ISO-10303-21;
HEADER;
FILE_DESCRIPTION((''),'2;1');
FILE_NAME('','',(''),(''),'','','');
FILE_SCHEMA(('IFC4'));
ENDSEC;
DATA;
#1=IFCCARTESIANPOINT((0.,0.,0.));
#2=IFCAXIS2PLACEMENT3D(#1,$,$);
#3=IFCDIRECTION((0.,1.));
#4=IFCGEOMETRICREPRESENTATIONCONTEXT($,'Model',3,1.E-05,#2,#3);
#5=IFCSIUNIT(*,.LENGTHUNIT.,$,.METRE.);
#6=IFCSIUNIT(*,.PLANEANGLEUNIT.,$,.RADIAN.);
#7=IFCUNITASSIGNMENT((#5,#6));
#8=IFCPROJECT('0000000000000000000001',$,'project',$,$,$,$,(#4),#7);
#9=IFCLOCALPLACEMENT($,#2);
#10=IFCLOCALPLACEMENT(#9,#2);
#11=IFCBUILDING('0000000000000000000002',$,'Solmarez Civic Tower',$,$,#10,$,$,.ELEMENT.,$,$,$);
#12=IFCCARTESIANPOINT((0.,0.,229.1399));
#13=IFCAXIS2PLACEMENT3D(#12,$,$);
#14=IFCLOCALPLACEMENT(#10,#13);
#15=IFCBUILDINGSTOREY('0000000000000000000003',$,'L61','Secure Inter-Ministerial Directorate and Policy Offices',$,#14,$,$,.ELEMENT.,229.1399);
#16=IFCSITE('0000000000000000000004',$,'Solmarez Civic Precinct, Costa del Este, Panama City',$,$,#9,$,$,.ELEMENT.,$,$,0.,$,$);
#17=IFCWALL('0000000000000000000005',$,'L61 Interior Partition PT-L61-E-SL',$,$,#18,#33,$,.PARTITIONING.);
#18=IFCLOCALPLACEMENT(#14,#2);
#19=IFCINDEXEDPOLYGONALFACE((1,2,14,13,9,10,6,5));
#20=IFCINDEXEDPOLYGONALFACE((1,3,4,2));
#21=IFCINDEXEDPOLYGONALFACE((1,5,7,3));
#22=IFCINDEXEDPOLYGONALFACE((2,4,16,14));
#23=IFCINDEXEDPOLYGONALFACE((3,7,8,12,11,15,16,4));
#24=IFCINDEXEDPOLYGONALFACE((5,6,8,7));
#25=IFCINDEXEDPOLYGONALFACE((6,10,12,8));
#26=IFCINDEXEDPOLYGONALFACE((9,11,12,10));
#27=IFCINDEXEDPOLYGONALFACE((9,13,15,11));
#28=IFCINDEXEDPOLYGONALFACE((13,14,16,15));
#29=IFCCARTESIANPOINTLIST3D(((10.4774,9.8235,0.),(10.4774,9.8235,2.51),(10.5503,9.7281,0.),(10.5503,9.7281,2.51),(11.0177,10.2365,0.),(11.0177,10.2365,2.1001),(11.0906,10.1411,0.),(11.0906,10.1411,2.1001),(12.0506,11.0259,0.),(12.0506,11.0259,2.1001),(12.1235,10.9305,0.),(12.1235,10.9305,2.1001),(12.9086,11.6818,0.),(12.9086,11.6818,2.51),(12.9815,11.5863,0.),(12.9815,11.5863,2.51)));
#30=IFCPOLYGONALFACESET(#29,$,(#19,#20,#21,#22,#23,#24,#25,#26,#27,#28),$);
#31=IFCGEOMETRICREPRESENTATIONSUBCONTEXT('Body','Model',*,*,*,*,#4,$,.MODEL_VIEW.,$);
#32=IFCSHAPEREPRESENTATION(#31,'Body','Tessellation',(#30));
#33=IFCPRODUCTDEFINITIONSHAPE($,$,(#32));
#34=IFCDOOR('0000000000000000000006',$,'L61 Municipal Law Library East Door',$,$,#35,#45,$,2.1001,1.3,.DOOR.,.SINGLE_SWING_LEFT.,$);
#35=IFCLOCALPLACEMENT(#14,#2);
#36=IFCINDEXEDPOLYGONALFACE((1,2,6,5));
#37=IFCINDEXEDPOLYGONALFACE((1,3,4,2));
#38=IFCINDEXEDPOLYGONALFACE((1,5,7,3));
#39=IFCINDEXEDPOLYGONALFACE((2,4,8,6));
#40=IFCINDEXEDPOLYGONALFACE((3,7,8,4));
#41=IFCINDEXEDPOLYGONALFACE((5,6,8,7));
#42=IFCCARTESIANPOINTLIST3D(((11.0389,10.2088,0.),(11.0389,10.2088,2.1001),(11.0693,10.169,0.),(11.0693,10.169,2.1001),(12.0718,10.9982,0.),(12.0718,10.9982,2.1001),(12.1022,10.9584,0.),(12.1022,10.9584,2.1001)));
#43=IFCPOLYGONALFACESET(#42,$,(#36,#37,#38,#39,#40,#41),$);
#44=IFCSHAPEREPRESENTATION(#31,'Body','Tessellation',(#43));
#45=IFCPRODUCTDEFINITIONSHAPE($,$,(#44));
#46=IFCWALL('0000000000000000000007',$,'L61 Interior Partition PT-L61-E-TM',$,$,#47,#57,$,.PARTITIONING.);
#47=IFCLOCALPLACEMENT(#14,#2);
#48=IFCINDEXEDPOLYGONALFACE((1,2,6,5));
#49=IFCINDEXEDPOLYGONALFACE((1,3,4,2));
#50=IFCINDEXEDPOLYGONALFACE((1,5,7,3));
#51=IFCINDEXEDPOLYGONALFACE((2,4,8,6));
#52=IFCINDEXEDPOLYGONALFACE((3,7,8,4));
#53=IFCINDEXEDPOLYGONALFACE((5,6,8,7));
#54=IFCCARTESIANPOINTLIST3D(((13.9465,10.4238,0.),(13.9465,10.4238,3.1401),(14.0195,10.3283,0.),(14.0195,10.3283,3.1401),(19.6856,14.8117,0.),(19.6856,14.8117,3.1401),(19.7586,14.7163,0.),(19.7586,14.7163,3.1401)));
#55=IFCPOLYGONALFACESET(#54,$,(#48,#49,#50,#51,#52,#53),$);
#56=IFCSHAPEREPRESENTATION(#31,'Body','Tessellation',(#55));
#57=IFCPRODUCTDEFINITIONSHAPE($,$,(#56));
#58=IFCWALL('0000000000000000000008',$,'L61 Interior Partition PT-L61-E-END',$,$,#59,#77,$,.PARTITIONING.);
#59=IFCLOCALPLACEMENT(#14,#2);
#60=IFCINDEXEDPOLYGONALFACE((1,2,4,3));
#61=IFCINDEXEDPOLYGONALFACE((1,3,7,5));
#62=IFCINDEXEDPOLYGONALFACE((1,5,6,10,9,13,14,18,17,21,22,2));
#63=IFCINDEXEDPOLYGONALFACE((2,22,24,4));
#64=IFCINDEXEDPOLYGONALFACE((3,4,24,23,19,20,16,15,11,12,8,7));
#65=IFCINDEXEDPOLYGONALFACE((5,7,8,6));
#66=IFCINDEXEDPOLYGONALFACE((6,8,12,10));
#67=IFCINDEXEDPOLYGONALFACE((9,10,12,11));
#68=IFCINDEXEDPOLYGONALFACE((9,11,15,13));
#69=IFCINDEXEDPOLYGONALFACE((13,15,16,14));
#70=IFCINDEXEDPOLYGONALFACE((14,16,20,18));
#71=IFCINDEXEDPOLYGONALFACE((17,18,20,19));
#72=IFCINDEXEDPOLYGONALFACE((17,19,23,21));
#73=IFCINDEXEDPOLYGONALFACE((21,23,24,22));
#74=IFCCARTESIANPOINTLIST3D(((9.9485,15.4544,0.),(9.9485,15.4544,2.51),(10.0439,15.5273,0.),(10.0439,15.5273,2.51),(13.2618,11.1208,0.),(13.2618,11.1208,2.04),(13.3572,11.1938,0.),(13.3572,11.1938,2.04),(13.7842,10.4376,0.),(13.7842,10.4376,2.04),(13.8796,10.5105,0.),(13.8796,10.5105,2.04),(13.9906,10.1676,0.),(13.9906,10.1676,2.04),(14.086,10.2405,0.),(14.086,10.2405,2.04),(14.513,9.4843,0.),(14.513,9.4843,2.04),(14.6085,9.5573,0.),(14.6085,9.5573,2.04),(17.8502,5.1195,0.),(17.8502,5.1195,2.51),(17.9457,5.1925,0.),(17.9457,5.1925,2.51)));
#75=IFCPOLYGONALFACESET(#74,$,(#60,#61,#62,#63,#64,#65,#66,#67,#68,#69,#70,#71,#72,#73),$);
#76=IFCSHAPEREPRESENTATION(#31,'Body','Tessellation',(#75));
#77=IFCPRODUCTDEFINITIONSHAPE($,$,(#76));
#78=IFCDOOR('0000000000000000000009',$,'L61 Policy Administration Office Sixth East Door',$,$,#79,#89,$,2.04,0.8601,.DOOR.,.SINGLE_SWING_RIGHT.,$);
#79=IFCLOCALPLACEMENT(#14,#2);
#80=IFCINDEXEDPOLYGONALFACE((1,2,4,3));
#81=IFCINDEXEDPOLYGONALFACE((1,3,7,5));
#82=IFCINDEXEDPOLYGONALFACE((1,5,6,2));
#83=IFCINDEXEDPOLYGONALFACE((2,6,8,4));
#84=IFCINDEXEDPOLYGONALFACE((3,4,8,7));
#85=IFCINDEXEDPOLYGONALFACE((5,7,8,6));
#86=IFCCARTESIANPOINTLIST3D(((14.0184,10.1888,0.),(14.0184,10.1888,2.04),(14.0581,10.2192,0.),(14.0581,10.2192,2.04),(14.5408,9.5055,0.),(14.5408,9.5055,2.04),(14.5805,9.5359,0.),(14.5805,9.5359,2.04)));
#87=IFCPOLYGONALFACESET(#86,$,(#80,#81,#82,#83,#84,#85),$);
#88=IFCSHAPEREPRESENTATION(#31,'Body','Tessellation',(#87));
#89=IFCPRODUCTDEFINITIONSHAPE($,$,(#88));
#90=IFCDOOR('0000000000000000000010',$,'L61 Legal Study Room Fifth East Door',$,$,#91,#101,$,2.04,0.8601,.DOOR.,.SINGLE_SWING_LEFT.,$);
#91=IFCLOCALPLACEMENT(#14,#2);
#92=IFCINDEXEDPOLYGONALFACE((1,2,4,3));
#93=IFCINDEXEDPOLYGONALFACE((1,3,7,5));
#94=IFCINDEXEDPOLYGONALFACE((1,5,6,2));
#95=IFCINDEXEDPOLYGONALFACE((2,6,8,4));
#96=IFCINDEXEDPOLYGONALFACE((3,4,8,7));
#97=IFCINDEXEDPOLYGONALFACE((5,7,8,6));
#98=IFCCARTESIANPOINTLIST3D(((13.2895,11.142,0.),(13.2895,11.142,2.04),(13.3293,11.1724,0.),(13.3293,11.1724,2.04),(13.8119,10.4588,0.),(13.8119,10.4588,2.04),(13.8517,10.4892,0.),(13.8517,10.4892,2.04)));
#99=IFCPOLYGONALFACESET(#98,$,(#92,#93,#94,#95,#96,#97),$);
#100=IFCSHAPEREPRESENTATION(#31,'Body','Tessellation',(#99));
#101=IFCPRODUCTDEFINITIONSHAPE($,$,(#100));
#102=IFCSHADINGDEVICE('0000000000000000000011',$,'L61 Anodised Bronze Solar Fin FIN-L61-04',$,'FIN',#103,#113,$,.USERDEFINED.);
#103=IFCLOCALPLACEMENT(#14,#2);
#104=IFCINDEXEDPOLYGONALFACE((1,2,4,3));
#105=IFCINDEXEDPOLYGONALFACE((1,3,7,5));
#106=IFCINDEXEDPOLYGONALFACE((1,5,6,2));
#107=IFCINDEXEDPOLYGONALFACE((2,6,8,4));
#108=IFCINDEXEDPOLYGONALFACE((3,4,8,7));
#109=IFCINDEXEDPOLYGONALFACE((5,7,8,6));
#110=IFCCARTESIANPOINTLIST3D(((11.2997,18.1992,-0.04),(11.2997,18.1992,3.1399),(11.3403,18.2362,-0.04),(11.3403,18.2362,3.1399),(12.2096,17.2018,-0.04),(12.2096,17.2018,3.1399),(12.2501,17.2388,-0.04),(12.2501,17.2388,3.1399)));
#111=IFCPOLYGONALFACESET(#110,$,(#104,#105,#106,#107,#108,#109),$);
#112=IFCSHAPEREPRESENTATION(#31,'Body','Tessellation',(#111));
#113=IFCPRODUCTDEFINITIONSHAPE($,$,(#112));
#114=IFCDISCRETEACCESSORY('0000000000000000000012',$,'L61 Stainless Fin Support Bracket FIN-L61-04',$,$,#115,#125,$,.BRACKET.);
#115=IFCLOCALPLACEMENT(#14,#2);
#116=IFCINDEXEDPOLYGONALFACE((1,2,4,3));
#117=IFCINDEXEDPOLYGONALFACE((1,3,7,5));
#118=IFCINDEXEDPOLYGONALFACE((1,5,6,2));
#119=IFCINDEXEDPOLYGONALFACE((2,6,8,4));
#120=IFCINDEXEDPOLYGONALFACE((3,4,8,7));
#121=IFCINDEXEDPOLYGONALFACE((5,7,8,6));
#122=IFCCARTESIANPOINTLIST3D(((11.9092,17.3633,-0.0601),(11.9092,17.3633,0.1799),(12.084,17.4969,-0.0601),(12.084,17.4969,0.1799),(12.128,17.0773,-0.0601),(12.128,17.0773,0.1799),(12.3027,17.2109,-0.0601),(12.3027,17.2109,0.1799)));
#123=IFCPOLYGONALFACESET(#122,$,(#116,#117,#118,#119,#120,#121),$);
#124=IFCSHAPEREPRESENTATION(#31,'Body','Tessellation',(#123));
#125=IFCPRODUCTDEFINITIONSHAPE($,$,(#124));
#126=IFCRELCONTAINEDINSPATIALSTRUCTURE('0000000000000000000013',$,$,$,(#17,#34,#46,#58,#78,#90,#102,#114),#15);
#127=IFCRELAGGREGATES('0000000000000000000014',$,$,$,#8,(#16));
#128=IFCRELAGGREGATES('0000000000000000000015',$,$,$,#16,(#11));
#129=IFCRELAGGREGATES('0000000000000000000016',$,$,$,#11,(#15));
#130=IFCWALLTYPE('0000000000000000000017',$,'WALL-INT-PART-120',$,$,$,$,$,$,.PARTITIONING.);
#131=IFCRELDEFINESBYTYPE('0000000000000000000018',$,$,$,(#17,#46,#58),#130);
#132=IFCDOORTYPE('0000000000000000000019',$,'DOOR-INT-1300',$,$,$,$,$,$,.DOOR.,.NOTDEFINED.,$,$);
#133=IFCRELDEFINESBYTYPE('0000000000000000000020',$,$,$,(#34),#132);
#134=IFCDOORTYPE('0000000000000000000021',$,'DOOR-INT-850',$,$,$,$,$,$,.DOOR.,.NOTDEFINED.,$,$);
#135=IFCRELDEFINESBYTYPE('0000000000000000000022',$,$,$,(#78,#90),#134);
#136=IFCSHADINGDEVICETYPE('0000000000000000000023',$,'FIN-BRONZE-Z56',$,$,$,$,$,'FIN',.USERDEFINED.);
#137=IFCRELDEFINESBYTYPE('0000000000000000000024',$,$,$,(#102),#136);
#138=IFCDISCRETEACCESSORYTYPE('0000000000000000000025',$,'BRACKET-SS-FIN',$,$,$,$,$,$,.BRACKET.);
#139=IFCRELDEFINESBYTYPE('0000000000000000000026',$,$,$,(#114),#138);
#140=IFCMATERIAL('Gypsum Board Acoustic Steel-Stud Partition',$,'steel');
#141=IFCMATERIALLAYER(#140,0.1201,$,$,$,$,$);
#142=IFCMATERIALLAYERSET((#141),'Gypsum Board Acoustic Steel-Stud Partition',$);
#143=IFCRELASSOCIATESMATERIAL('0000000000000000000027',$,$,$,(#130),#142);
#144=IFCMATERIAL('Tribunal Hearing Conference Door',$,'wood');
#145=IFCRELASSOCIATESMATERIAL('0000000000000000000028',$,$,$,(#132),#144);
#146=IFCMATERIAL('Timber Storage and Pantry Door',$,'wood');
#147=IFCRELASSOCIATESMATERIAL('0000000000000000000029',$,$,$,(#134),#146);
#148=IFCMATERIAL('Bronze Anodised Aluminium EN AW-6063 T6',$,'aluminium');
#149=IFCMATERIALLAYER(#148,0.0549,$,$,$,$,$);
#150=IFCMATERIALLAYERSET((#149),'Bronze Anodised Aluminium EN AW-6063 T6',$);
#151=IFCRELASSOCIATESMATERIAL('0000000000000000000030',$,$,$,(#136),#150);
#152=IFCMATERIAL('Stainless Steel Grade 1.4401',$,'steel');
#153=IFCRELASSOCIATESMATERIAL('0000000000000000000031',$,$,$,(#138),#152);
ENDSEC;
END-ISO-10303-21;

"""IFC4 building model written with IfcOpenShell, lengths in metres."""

from ifc_helpers import new_model, si_unit, direction, frame, frame_2d, origin, origin_2d, place, context, subcontext, project, spatial, rectangle, extrude, material, layer, layer_set, type_object, element, fill, save


model = new_model("IFC4")

# Units and contexts
model_context = context("Model", 3, precision=1e-05, world=origin(), true_north=direction((0.0, 1.0)))
body_context = subcontext(model_context, "Body", "Model", "MODEL_VIEW")
ifc_project = project(units=[si_unit("LENGTHUNIT", "METRE"), si_unit("PLANEANGLEUNIT", "RADIAN")], contexts=[model_context])

# Site, building, storey
site_placement = place(None, origin())
site = spatial("IfcSite", under=ifc_project, at=site_placement, Name="Solmarez Civic Precinct, Costa del Este, Panama City", CompositionType="ELEMENT", RefElevation=0.0)
building_placement = place(site_placement, origin())
building = spatial("IfcBuilding", under=site, at=building_placement, Name="Solmarez Civic Tower", CompositionType="ELEMENT")
storey_placement = place(building_placement, frame((0.0, 0.0, 229.1399)))
storey = spatial("IfcBuildingStorey", under=building, at=storey_placement, Name="L61", Description="Secure Inter-Ministerial Directorate and Policy Offices", CompositionType="ELEMENT", Elevation=229.1399)

# Shared definitions
ifc_material_1 = material(Name="Gypsum Board Acoustic Steel-Stud Partition", Category="steel")
ifc_layer_1 = layer(ifc_material_1, 0.1201)
ifc_layer_set_1 = layer_set([ifc_layer_1], Name="Gypsum Board Acoustic Steel-Stud Partition")
wall_type_1 = type_object("IfcWallType", Name="WALL-INT-PART-120", PredefinedType="PARTITIONING", material=ifc_layer_set_1)

# Wall, opening, door
wall_1_placement = place(storey_placement, frame((12.9451, 11.634, 0.0), z_axis=(0.0, 0.0, 1.0), x_axis=(-0.79451, -0.607252, 0.0)))
wall_1 = element("IfcWall", 1, at=wall_1_placement, inside=storey, type_object=wall_type_1, Name="L61 Interior Partition PT-L61-E-SL", PredefinedType="PARTITIONING", context=body_context, shape_type="SweptSolid", body=[
    extrude(rectangle(XDim=3.0601, YDim=0.1201, at=frame_2d((1.53, 0.0))), origin(), (0.0, 0.0, 1.0), 2.51),
])
opening_1_placement = place(wall_1_placement, frame((1.0801, 0.0, 0.0)))
opening_1 = element("IfcOpeningElement", 2, at=opening_1_placement, cuts=wall_1, PredefinedType="OPENING", context=body_context, shape_type="SweptSolid", body=[
    extrude(rectangle(XDim=1.3, YDim=2.1001, at=frame_2d((0.6499, 1.05))), frame((0.0, 0.0701, 0.0), z_axis=(0.0, -1.0, 0.0), x_axis=(1.0, 0.0, 0.0)), (0.0, 0.0, 1.0), 0.1401),
])
ifc_material_2 = material(Name="Tribunal Hearing Conference Door", Category="wood")
door_type_1 = type_object("IfcDoorType", Name="DOOR-INT-1300", OperationType="NOTDEFINED", PredefinedType="DOOR", material=ifc_material_2)
door_1_placement = place(opening_1_placement, origin())
door_1 = element("IfcDoor", 3, at=door_1_placement, inside=storey, type_object=door_type_1, Name="L61 Municipal Law Library East Door", OperationType="SINGLE_SWING_LEFT", OverallHeight=2.1001, OverallWidth=1.3, PredefinedType="DOOR", context=body_context, shape_type="SweptSolid", body=[
    extrude(rectangle(XDim=1.3, YDim=2.1001, at=frame_2d((0.6499, 1.05))), frame((0.0, 0.0249, 0.0), z_axis=(0.0, -1.0, 0.0), x_axis=(1.0, 0.0, 0.0)), (0.0, 0.0, 1.0), 0.05),
])
fill(opening_1, door_1)

# Wall
wall_2_placement = place(storey_placement, frame((13.9829, 10.376, 0.0), z_axis=(0.0, 0.0, 1.0), x_axis=(0.794406, 0.607387, 0.0)))
element("IfcWall", 4, at=wall_2_placement, inside=storey, type_object=wall_type_1, Name="L61 Interior Partition PT-L61-E-TM", PredefinedType="PARTITIONING", context=body_context, shape_type="SweptSolid", body=[
    extrude(rectangle(XDim=7.2244, YDim=0.1201, at=frame_2d((3.6123, 0.0))), origin(), (0.0, 0.0, 1.0), 3.1401),
])

# Wall, openings, doors
wall_3_placement = place(storey_placement, frame((9.9961, 15.491, 0.0), z_axis=(0.0, 0.0, 1.0), x_axis=(0.607385, -0.794408, 0.0)))
wall_3 = element("IfcWall", 5, at=wall_3_placement, inside=storey, type_object=wall_type_1, Name="L61 Interior Partition PT-L61-E-END", PredefinedType="PARTITIONING", context=body_context, shape_type="SweptSolid", body=[
    extrude(rectangle(XDim=13.0095, YDim=0.1201, at=frame_2d((6.5049, 0.0))), origin(), (0.0, 0.0, 1.0), 2.51),
])
opening_2_placement = place(wall_3_placement, frame((6.655, 0.0, 0.0)))
opening_2 = element("IfcOpeningElement", 6, at=opening_2_placement, cuts=wall_3, PredefinedType="OPENING", context=body_context, shape_type="SweptSolid", body=[
    extrude(rectangle(XDim=0.8601, YDim=2.04, at=frame_2d((0.4302, 1.02))), frame((0.0, 0.0701, 0.0), z_axis=(0.0, -1.0, 0.0), x_axis=(1.0, 0.0, 0.0)), (0.0, 0.0, 1.0), 0.1401),
])
opening_3_placement = place(wall_3_placement, frame((5.4551, 0.0, 0.0)))
opening_3 = element("IfcOpeningElement", 7, at=opening_3_placement, cuts=wall_3, PredefinedType="OPENING", context=body_context, shape_type="SweptSolid", body=[
    extrude(rectangle(XDim=0.8601, YDim=2.04, at=frame_2d((0.4302, 1.02))), frame((0.0, 0.0701, 0.0), z_axis=(0.0, -1.0, 0.0), x_axis=(1.0, 0.0, 0.0)), (0.0, 0.0, 1.0), 0.1401),
])
ifc_material_3 = material(Name="Timber Storage and Pantry Door", Category="wood")
door_type_2 = type_object("IfcDoorType", Name="DOOR-INT-850", OperationType="NOTDEFINED", PredefinedType="DOOR", material=ifc_material_3)
door_2_placement = place(opening_2_placement, origin())
door_2 = element("IfcDoor", 8, at=door_2_placement, inside=storey, type_object=door_type_2, Name="L61 Policy Administration Office Sixth East Door", OperationType="SINGLE_SWING_RIGHT", OverallHeight=2.04, OverallWidth=0.8601, PredefinedType="DOOR", context=body_context, shape_type="SweptSolid", body=[
    extrude(rectangle(XDim=0.8601, YDim=2.04, at=frame_2d((0.4302, 1.02))), frame((0.0, 0.0249, 0.0), z_axis=(0.0, -1.0, 0.0), x_axis=(1.0, 0.0, 0.0)), (0.0, 0.0, 1.0), 0.05),
])
fill(opening_2, door_2)
door_3_placement = place(opening_3_placement, origin())
door_3 = element("IfcDoor", 9, at=door_3_placement, inside=storey, type_object=door_type_2, Name="L61 Legal Study Room Fifth East Door", OperationType="SINGLE_SWING_LEFT", OverallHeight=2.04, OverallWidth=0.8601, PredefinedType="DOOR", context=body_context, shape_type="SweptSolid", body=[
    extrude(rectangle(XDim=0.8601, YDim=2.04, at=frame_2d((0.4302, 1.02))), frame((0.0, 0.0249, 0.0), z_axis=(0.0, -1.0, 0.0), x_axis=(1.0, 0.0, 0.0)), (0.0, 0.0, 1.0), 0.05),
])
fill(opening_3, door_3)

# Shading device
ifc_material_4 = material(Name="Bronze Anodised Aluminium EN AW-6063 T6", Category="aluminium")
ifc_layer_2 = layer(ifc_material_4, 0.0549)
ifc_layer_set_2 = layer_set([ifc_layer_2], Name="Bronze Anodised Aluminium EN AW-6063 T6")
shading_device_type = type_object("IfcShadingDeviceType", Name="FIN-BRONZE-Z56", ElementType="FIN", PredefinedType="USERDEFINED", material=ifc_layer_set_2)
shading_device_placement = place(storey_placement, frame((11.7749, 17.719, -0.04), z_axis=(0.0, 0.0, 1.0), x_axis=(-0.673941, 0.738785, 0.0)))
element("IfcShadingDevice", 10, at=shading_device_placement, inside=storey, type_object=shading_device_type, Name="L61 Anodised Bronze Solar Fin FIN-L61-04", ObjectType="FIN", PredefinedType="USERDEFINED", context=body_context, shape_type="SweptSolid", body=[
    extrude(rectangle(XDim=1.3501, YDim=0.0549, at=origin_2d()), origin(), (0.0, 0.0, 1.0), 3.1799),
])

# Discrete accessory
ifc_material_5 = material(Name="Stainless Steel Grade 1.4401", Category="steel")
discrete_accessory_type = type_object("IfcDiscreteAccessoryType", Name="BRACKET-SS-FIN", PredefinedType="BRACKET", material=ifc_material_5)
discrete_accessory_placement = place(storey_placement, frame((12.106, 17.2871, -0.0601), z_axis=(0.0, 0.0, 1.0), x_axis=(-0.607446, 0.794361, 0.0)))
element("IfcDiscreteAccessory", 11, at=discrete_accessory_placement, inside=storey, type_object=discrete_accessory_type, Name="L61 Stainless Fin Support Bracket FIN-L61-04", PredefinedType="BRACKET", context=body_context, shape_type="SweptSolid", body=[
    extrude(rectangle(XDim=0.3601, YDim=0.22, at=origin_2d()), origin(), (0.0, 0.0, 1.0), 0.24),
])

save(model, "model.ifc")
